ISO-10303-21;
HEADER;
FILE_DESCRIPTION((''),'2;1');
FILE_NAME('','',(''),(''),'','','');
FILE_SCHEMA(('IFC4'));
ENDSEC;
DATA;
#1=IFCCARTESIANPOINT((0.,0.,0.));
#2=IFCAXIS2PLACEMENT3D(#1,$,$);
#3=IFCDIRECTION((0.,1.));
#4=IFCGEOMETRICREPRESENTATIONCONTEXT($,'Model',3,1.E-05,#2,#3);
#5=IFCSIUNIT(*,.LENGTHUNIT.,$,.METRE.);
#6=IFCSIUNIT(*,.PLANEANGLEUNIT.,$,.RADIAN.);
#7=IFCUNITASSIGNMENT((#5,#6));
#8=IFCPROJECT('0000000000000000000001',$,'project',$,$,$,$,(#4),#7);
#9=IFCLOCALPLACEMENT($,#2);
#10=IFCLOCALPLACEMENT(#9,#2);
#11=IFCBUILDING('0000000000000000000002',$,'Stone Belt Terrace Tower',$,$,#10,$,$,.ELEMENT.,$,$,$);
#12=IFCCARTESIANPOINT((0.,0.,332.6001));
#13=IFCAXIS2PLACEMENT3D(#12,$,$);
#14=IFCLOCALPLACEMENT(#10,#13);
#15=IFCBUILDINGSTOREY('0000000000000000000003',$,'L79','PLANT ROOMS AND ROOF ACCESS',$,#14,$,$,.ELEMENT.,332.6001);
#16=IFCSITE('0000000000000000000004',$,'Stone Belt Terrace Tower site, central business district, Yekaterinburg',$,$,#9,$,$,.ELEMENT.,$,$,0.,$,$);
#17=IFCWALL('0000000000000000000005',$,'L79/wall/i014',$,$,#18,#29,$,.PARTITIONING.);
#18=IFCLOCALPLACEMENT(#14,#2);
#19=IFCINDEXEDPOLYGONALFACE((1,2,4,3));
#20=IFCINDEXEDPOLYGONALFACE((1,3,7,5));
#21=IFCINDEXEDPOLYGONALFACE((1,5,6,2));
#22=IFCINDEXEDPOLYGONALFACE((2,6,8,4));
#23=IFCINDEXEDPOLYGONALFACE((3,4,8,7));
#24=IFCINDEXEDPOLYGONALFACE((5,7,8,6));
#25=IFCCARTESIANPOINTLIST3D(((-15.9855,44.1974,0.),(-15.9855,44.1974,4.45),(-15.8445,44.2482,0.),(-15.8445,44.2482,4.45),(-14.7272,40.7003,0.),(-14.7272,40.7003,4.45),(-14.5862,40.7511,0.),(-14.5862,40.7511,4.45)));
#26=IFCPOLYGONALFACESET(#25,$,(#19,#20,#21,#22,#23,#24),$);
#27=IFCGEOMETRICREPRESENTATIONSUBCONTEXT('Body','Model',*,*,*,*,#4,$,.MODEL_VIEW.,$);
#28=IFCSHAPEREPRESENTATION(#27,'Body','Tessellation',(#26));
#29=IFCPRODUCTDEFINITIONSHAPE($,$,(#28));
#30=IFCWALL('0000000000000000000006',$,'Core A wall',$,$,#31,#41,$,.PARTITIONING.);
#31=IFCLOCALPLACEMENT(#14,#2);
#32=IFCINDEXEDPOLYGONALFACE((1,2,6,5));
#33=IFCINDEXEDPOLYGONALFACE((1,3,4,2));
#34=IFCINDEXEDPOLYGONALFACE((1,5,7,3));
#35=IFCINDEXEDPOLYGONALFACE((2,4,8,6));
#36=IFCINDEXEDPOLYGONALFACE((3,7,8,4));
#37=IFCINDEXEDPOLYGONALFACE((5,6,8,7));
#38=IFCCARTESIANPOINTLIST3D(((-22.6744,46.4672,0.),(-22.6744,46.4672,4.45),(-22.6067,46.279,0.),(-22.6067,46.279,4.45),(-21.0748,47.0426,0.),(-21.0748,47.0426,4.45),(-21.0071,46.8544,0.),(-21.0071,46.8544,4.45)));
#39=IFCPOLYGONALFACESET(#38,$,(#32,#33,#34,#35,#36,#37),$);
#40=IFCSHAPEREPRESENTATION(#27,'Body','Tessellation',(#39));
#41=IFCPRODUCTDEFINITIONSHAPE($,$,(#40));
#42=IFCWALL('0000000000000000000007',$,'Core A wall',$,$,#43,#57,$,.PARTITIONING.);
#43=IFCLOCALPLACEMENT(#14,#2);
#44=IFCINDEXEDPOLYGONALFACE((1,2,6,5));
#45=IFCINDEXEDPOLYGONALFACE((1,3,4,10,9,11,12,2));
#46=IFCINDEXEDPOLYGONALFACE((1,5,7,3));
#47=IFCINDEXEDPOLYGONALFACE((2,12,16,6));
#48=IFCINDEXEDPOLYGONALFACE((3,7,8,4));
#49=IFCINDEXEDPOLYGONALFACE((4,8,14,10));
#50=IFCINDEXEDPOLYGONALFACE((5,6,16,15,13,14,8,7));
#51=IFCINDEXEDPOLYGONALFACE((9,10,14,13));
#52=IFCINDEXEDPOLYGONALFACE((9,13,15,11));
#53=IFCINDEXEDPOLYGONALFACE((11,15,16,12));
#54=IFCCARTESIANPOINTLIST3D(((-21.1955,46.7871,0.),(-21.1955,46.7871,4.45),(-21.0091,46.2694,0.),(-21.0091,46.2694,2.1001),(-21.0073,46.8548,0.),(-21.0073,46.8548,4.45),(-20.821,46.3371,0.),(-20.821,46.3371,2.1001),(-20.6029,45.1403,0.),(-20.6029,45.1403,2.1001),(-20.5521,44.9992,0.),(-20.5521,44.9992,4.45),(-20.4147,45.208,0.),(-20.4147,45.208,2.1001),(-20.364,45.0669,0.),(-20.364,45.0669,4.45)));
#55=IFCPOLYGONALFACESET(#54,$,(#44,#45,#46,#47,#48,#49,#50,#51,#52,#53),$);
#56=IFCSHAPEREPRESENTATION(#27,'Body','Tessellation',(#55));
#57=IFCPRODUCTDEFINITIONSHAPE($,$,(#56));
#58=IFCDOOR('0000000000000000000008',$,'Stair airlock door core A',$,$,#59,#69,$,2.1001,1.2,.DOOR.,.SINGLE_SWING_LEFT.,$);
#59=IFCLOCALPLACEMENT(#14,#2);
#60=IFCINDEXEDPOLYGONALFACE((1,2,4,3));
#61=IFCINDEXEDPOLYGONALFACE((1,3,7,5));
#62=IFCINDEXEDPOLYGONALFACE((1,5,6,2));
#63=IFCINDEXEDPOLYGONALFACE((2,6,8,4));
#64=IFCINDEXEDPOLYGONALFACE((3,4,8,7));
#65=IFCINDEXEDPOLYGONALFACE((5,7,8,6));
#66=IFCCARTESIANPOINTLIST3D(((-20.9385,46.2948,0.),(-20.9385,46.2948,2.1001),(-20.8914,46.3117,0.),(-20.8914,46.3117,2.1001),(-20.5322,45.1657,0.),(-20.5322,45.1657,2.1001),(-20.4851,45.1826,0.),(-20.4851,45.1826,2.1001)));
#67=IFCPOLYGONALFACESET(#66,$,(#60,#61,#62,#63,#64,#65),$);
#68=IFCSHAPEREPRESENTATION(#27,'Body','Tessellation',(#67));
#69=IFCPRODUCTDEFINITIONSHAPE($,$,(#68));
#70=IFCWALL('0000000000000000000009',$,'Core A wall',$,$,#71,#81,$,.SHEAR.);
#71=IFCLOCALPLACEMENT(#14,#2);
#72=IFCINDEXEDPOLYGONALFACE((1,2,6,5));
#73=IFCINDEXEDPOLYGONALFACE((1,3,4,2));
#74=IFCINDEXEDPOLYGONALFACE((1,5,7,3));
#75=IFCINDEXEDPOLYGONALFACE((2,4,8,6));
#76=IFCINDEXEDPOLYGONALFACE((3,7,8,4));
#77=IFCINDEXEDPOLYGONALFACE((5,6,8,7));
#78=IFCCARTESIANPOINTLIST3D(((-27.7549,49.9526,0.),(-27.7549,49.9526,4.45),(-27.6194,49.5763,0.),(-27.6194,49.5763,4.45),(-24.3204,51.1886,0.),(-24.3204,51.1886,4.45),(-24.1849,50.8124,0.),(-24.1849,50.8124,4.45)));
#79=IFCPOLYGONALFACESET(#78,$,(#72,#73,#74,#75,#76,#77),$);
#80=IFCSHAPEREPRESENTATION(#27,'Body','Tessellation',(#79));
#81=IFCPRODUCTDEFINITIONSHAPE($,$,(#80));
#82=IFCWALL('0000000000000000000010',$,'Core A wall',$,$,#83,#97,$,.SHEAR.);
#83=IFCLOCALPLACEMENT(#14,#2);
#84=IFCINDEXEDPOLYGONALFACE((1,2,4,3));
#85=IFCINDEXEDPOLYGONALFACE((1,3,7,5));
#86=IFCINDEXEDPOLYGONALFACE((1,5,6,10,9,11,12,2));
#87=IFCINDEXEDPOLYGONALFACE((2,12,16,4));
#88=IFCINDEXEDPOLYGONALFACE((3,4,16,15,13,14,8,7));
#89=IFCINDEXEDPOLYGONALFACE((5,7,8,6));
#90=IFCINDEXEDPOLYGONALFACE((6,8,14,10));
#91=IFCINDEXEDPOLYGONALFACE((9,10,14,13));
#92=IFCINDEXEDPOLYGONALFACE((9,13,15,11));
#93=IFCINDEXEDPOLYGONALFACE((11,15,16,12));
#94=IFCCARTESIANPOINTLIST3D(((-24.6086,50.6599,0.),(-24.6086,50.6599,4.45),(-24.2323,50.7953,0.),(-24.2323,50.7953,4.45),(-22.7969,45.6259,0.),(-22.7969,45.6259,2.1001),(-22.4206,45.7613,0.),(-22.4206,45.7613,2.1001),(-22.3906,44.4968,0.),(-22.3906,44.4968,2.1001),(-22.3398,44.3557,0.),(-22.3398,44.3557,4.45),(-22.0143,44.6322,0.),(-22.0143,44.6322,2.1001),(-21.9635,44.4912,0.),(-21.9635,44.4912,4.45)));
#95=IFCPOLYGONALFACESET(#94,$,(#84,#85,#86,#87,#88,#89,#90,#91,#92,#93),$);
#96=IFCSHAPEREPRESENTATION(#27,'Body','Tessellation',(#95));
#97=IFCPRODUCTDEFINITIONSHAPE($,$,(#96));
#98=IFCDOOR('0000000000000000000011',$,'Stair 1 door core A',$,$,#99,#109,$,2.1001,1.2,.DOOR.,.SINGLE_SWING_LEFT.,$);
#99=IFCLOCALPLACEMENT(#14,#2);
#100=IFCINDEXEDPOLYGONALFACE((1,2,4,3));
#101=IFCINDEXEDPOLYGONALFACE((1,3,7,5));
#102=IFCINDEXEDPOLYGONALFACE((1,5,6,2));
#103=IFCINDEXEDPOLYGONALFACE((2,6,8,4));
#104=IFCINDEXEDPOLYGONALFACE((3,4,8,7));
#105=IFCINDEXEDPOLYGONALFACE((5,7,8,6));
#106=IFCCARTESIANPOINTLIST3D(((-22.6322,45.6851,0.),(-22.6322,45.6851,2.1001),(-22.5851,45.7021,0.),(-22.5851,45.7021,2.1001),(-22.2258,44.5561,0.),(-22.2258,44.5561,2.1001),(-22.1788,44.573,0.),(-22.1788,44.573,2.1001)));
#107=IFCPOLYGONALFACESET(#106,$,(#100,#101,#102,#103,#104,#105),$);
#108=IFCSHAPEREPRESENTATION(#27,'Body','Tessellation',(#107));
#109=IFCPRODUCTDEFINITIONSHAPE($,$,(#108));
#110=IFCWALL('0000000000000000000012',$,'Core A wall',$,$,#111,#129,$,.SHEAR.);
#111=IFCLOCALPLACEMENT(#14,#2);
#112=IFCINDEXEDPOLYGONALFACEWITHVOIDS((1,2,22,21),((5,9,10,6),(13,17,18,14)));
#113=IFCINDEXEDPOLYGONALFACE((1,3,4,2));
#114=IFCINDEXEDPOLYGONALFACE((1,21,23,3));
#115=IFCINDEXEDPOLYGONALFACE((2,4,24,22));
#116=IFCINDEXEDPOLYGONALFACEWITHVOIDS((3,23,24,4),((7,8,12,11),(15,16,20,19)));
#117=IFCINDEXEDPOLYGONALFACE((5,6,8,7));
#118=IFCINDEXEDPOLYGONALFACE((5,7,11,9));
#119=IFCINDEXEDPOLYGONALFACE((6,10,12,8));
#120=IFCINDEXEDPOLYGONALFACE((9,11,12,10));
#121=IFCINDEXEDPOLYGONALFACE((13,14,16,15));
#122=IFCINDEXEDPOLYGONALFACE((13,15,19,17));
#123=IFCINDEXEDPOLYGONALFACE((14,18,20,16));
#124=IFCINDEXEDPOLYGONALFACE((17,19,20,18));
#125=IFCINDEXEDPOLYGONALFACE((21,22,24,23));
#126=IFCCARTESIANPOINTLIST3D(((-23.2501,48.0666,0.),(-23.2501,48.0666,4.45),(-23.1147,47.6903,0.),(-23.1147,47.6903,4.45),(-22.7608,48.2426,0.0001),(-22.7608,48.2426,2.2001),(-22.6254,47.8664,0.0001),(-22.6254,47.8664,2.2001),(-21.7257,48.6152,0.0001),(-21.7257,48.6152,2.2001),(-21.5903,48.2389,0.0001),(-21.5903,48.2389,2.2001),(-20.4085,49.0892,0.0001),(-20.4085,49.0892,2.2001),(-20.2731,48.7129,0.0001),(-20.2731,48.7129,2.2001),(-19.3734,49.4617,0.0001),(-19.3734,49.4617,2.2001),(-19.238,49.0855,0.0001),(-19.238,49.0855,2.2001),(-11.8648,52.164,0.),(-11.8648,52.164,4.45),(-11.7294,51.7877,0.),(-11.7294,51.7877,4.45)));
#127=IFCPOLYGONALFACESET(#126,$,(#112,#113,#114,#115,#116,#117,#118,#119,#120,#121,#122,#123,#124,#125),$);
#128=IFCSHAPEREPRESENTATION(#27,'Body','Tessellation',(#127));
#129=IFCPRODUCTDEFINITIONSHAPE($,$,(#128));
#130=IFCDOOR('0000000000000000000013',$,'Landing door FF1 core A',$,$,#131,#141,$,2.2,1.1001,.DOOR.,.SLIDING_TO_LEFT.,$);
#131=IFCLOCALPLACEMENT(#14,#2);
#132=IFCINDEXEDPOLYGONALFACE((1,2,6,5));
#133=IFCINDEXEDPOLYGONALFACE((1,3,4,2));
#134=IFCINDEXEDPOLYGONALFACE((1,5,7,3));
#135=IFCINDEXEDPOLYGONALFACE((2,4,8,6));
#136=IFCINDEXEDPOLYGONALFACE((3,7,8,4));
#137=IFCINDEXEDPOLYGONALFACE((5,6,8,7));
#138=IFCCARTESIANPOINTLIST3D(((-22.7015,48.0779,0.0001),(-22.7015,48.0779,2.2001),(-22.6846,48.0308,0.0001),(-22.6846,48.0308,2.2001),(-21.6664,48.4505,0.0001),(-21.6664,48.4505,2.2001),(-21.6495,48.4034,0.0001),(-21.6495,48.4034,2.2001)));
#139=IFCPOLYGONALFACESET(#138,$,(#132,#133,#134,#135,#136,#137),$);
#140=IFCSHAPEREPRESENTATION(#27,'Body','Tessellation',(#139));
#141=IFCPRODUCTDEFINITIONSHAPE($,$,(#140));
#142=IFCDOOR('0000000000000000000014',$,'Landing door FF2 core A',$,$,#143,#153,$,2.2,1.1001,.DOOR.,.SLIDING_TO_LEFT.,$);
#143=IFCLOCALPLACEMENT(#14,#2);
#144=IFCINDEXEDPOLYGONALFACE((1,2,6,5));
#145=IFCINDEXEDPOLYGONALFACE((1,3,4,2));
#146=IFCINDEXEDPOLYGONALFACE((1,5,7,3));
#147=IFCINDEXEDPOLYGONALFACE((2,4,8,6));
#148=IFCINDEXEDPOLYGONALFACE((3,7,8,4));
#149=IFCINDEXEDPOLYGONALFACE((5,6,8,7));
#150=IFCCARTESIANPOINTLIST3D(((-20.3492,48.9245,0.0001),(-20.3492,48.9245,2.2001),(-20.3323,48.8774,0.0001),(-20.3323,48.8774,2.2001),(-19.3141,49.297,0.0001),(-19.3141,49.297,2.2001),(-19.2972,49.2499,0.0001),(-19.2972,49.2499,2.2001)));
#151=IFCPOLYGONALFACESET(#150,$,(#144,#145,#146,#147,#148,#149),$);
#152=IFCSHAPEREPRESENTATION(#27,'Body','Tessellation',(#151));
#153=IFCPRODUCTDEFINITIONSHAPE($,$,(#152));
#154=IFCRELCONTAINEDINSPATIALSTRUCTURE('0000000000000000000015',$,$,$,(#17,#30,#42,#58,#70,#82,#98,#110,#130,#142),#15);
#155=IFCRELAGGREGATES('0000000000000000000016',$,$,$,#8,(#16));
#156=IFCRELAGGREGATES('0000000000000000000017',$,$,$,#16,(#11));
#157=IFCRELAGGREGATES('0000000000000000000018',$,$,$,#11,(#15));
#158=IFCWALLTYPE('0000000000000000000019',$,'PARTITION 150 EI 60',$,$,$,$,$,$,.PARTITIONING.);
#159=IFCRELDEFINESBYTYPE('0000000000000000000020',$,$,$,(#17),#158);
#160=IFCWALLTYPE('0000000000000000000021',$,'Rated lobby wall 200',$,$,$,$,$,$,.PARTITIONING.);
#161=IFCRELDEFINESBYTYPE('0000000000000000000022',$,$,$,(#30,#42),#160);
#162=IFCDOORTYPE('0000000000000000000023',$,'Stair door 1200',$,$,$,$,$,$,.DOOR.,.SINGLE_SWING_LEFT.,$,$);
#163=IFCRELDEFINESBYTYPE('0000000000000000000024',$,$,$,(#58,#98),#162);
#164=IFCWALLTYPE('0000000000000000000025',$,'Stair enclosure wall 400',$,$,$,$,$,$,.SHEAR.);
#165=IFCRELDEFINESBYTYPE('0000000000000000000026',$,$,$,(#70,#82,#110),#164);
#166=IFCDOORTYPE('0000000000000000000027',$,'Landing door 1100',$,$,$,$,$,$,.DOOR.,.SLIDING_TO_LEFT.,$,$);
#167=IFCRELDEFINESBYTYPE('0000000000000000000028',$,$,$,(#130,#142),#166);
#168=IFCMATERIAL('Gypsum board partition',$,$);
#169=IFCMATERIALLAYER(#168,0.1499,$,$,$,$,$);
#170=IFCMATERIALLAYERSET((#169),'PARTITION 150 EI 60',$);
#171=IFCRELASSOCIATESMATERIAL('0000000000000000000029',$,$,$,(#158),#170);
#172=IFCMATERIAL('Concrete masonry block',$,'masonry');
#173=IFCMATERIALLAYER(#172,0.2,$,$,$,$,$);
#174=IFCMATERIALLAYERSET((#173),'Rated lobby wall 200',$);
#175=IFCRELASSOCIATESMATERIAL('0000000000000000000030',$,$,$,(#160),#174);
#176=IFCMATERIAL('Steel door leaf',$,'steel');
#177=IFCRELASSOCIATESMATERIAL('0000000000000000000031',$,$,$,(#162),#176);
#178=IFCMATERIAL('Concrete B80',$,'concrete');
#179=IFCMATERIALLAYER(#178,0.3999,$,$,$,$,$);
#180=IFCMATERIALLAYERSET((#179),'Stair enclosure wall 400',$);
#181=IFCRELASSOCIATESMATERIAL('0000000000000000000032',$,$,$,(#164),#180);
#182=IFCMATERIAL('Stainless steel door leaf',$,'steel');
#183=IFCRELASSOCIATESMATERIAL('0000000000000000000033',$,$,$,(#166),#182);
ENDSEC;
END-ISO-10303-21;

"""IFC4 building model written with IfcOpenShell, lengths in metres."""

from ifc_helpers import new_model, si_unit, direction, frame, frame_2d, origin, place, context, subcontext, project, spatial, rectangle, extrude, material, layer, layer_set, type_object, element, fill, save


model = new_model("IFC4")

# Units and contexts
model_context = context("Model", 3, precision=1e-05, world=origin(), true_north=direction((0.0, 1.0)))
body_context = subcontext(model_context, "Body", "Model", "MODEL_VIEW")
ifc_project = project(units=[si_unit("LENGTHUNIT", "METRE"), si_unit("PLANEANGLEUNIT", "RADIAN")], contexts=[model_context])

# Site, building, storey
site_placement = place(None, origin())
site = spatial("IfcSite", under=ifc_project, at=site_placement, Name="Stone Belt Terrace Tower site, central business district, Yekaterinburg", CompositionType="ELEMENT", RefElevation=0.0)
building_placement = place(site_placement, origin())
building = spatial("IfcBuilding", under=site, at=building_placement, Name="Stone Belt Terrace Tower", CompositionType="ELEMENT")
storey_placement = place(building_placement, frame((0.0, 0.0, 332.6001)))
storey = spatial("IfcBuildingStorey", under=building, at=storey_placement, Name="L79", Description="PLANT ROOMS AND ROOF ACCESS", CompositionType="ELEMENT", Elevation=332.6001)

# Shared definitions
ifc_material_1 = material(Name="Concrete B80", Category="concrete")
ifc_material_2 = material(Name="Gypsum board partition")
ifc_layer_1 = layer(ifc_material_2, 0.1499)
ifc_layer_set_1 = layer_set([ifc_layer_1], Name="PARTITION 150 EI 60")
wall_type_1 = type_object("IfcWallType", Name="PARTITION 150 EI 60", PredefinedType="PARTITIONING", material=ifc_layer_set_1)

# Walls
wall_1_placement = place(storey_placement, frame((-15.915, 44.2229, 0.0), z_axis=(0.0, 0.0, 1.0), x_axis=(0.338566, -0.940943, 0.0)))
element("IfcWall", 1, at=wall_1_placement, inside=storey, type_object=wall_type_1, Name="L79/wall/i014", PredefinedType="PARTITIONING", context=body_context, shape_type="SweptSolid", body=[
    extrude(rectangle(XDim=3.7166, YDim=0.1499, at=frame_2d((1.8584, 0.0))), origin(), (0.0, 0.0, 1.0), 4.45),
])
ifc_material_3 = material(Name="Concrete masonry block", Category="masonry")
ifc_layer_2 = layer(ifc_material_3, 0.2)
ifc_layer_set_2 = layer_set([ifc_layer_2], Name="Rated lobby wall 200")
wall_type_2 = type_object("IfcWallType", Name="Rated lobby wall 200", PredefinedType="PARTITIONING", material=ifc_layer_set_2)
wall_2_placement = place(storey_placement, frame((-22.6406, 46.373, 0.0), z_axis=(0.0, 0.0, 1.0), x_axis=(0.940966, 0.338501, 0.0)))
element("IfcWall", 2, at=wall_2_placement, inside=storey, type_object=wall_type_2, Name="Core A wall", PredefinedType="PARTITIONING", context=body_context, shape_type="SweptSolid", body=[
    extrude(rectangle(XDim=1.7, YDim=0.2, at=frame_2d((0.8501, 0.0))), origin(), (0.0, 0.0, 1.0), 4.45),
])

# Wall, opening, door
wall_3_placement = place(storey_placement, frame((-20.458, 45.033, 0.0), z_axis=(0.0, 0.0, 1.0), x_axis=(-0.338574, 0.94094, 0.0)))
wall_3 = element("IfcWall", 3, at=wall_3_placement, inside=storey, type_object=wall_type_2, Name="Core A wall", PredefinedType="PARTITIONING", context=body_context, shape_type="SweptSolid", body=[
    extrude(rectangle(XDim=1.9001, YDim=0.2, at=frame_2d((0.9502, 0.0))), origin(), (0.0, 0.0, 1.0), 4.45),
])
opening_1_placement = place(wall_3_placement, frame((0.1499, 0.0, 0.0)))
opening_1 = element("IfcOpeningElement", 4, at=opening_1_placement, cuts=wall_3, PredefinedType="OPENING", context=body_context, shape_type="SweptSolid", body=[
    extrude(rectangle(XDim=1.2, YDim=2.1001, at=frame_2d((0.6001, 1.05))), frame((0.0, 0.1099, 0.0), z_axis=(0.0, -1.0, 0.0), x_axis=(1.0, 0.0, 0.0)), (0.0, 0.0, 1.0), 0.22),
])
ifc_material_4 = material(Name="Steel door leaf", Category="steel")
door_type_1 = type_object("IfcDoorType", Name="Stair door 1200", OperationType="SINGLE_SWING_LEFT", PredefinedType="DOOR", material=ifc_material_4)
door_1_placement = place(opening_1_placement, origin())
door_1 = element("IfcDoor", 5, at=door_1_placement, inside=storey, type_object=door_type_1, Name="Stair airlock door core A", OperationType="SINGLE_SWING_LEFT", OverallHeight=2.1001, OverallWidth=1.2, PredefinedType="DOOR", context=body_context, shape_type="SweptSolid", body=[
    extrude(rectangle(XDim=1.2, YDim=2.1001, at=frame_2d((0.6001, 1.05))), frame((0.0, 0.0249, 0.0), z_axis=(0.0, -1.0, 0.0), x_axis=(1.0, 0.0, 0.0)), (0.0, 0.0, 1.0), 0.05),
])
fill(opening_1, door_1)

# Wall
ifc_layer_3 = layer(ifc_material_1, 0.3999)
ifc_layer_set_3 = layer_set([ifc_layer_3], Name="Stair enclosure wall 400")
wall_type_3 = type_object("IfcWallType", Name="Stair enclosure wall 400", PredefinedType="SHEAR", material=ifc_layer_set_3)
wall_4_placement = place(storey_placement, frame((-27.6873, 49.7644, 0.0), z_axis=(0.0, 0.0, 1.0), x_axis=(0.940919, 0.338632, 0.0)))
element("IfcWall", 6, at=wall_4_placement, inside=storey, type_object=wall_type_3, Name="Core A wall", PredefinedType="SHEAR", context=body_context, shape_type="SweptSolid", body=[
    extrude(rectangle(XDim=3.6501, YDim=0.3999, at=frame_2d((1.8252, 0.0))), origin(), (0.0, 0.0, 1.0), 4.45),
])

# Wall, opening, door
wall_5_placement = place(storey_placement, frame((-22.1516, 44.4233, 0.0), z_axis=(0.0, 0.0, 1.0), x_axis=(-0.338625, 0.940921, 0.0)))
wall_5 = element("IfcWall", 7, at=wall_5_placement, inside=storey, type_object=wall_type_3, Name="Core A wall", PredefinedType="SHEAR", context=body_context, shape_type="SweptSolid", body=[
    extrude(rectangle(XDim=6.7, YDim=0.3999, at=frame_2d((3.3501, 0.0))), origin(), (0.0, 0.0, 1.0), 4.45),
])
opening_2_placement = place(wall_5_placement, frame((0.1499, 0.0, 0.0)))
opening_2 = element("IfcOpeningElement", 8, at=opening_2_placement, cuts=wall_5, PredefinedType="OPENING", context=body_context, shape_type="SweptSolid", body=[
    extrude(rectangle(XDim=1.2, YDim=2.1001, at=frame_2d((0.6001, 1.05))), frame((0.0, 0.21, 0.0), z_axis=(0.0, -1.0, 0.0), x_axis=(1.0, 0.0, 0.0)), (0.0, 0.0, 1.0), 0.4199),
])
door_2_placement = place(opening_2_placement, origin())
door_2 = element("IfcDoor", 9, at=door_2_placement, inside=storey, type_object=door_type_1, Name="Stair 1 door core A", OperationType="SINGLE_SWING_LEFT", OverallHeight=2.1001, OverallWidth=1.2, PredefinedType="DOOR", context=body_context, shape_type="SweptSolid", body=[
    extrude(rectangle(XDim=1.2, YDim=2.1001, at=frame_2d((0.6001, 1.05))), frame((0.0, 0.0249, 0.0), z_axis=(0.0, -1.0, 0.0), x_axis=(1.0, 0.0, 0.0)), (0.0, 0.0, 1.0), 0.05),
])
fill(opening_2, door_2)

# Wall, openings, doors
wall_6_placement = place(storey_placement, frame((-23.1824, 47.8784, 0.0), z_axis=(0.0, 0.0, 1.0), x_axis=(0.940921, 0.338626, 0.0)))
wall_6 = element("IfcWall", 10, at=wall_6_placement, inside=storey, type_object=wall_type_3, Name="Core A wall", PredefinedType="SHEAR", context=body_context, shape_type="SweptSolid", body=[
    extrude(rectangle(XDim=12.1001, YDim=0.3999, at=frame_2d((6.05, 0.0))), origin(), (0.0, 0.0, 1.0), 4.45),
])
opening_3_placement = place(wall_6_placement, frame((0.52, 0.0, 0.0)))
opening_3 = element("IfcOpeningElement", 11, at=opening_3_placement, cuts=wall_6, PredefinedType="OPENING", context=body_context, shape_type="SweptSolid", body=[
    extrude(rectangle(XDim=1.1001, YDim=2.2, at=frame_2d((0.55, 1.1001))), frame((0.0, 0.21, 0.0), z_axis=(0.0, -1.0, 0.0), x_axis=(1.0, 0.0, 0.0)), (0.0, 0.0, 1.0), 0.4199),
])
opening_4_placement = place(wall_6_placement, frame((3.02, 0.0, 0.0)))
opening_4 = element("IfcOpeningElement", 12, at=opening_4_placement, cuts=wall_6, PredefinedType="OPENING", context=body_context, shape_type="SweptSolid", body=[
    extrude(rectangle(XDim=1.1001, YDim=2.2, at=frame_2d((0.55, 1.1001))), frame((0.0, 0.21, 0.0), z_axis=(0.0, -1.0, 0.0), x_axis=(1.0, 0.0, 0.0)), (0.0, 0.0, 1.0), 0.4199),
])
ifc_material_5 = material(Name="Stainless steel door leaf", Category="steel")
door_type_2 = type_object("IfcDoorType", Name="Landing door 1100", OperationType="SLIDING_TO_LEFT", PredefinedType="DOOR", material=ifc_material_5)
door_3_placement = place(opening_3_placement, origin())
door_3 = element("IfcDoor", 13, at=door_3_placement, inside=storey, type_object=door_type_2, Name="Landing door FF1 core A", OperationType="SLIDING_TO_LEFT", OverallHeight=2.2, OverallWidth=1.1001, PredefinedType="DOOR", context=body_context, shape_type="SweptSolid", body=[
    extrude(rectangle(XDim=1.1001, YDim=2.2, at=frame_2d((0.55, 1.1001))), frame((0.0, 0.0249, 0.0), z_axis=(0.0, -1.0, 0.0), x_axis=(1.0, 0.0, 0.0)), (0.0, 0.0, 1.0), 0.05),
])
fill(opening_3, door_3)
door_4_placement = place(opening_4_placement, origin())
door_4 = element("IfcDoor", 14, at=door_4_placement, inside=storey, type_object=door_type_2, Name="Landing door FF2 core A", OperationType="SLIDING_TO_LEFT", OverallHeight=2.2, OverallWidth=1.1001, PredefinedType="DOOR", context=body_context, shape_type="SweptSolid", body=[
    extrude(rectangle(XDim=1.1001, YDim=2.2, at=frame_2d((0.55, 1.1001))), frame((0.0, 0.0249, 0.0), z_axis=(0.0, -1.0, 0.0), x_axis=(1.0, 0.0, 0.0)), (0.0, 0.0, 1.0), 0.05),
])
fill(opening_4, door_4)

save(model, "model.ifc")
